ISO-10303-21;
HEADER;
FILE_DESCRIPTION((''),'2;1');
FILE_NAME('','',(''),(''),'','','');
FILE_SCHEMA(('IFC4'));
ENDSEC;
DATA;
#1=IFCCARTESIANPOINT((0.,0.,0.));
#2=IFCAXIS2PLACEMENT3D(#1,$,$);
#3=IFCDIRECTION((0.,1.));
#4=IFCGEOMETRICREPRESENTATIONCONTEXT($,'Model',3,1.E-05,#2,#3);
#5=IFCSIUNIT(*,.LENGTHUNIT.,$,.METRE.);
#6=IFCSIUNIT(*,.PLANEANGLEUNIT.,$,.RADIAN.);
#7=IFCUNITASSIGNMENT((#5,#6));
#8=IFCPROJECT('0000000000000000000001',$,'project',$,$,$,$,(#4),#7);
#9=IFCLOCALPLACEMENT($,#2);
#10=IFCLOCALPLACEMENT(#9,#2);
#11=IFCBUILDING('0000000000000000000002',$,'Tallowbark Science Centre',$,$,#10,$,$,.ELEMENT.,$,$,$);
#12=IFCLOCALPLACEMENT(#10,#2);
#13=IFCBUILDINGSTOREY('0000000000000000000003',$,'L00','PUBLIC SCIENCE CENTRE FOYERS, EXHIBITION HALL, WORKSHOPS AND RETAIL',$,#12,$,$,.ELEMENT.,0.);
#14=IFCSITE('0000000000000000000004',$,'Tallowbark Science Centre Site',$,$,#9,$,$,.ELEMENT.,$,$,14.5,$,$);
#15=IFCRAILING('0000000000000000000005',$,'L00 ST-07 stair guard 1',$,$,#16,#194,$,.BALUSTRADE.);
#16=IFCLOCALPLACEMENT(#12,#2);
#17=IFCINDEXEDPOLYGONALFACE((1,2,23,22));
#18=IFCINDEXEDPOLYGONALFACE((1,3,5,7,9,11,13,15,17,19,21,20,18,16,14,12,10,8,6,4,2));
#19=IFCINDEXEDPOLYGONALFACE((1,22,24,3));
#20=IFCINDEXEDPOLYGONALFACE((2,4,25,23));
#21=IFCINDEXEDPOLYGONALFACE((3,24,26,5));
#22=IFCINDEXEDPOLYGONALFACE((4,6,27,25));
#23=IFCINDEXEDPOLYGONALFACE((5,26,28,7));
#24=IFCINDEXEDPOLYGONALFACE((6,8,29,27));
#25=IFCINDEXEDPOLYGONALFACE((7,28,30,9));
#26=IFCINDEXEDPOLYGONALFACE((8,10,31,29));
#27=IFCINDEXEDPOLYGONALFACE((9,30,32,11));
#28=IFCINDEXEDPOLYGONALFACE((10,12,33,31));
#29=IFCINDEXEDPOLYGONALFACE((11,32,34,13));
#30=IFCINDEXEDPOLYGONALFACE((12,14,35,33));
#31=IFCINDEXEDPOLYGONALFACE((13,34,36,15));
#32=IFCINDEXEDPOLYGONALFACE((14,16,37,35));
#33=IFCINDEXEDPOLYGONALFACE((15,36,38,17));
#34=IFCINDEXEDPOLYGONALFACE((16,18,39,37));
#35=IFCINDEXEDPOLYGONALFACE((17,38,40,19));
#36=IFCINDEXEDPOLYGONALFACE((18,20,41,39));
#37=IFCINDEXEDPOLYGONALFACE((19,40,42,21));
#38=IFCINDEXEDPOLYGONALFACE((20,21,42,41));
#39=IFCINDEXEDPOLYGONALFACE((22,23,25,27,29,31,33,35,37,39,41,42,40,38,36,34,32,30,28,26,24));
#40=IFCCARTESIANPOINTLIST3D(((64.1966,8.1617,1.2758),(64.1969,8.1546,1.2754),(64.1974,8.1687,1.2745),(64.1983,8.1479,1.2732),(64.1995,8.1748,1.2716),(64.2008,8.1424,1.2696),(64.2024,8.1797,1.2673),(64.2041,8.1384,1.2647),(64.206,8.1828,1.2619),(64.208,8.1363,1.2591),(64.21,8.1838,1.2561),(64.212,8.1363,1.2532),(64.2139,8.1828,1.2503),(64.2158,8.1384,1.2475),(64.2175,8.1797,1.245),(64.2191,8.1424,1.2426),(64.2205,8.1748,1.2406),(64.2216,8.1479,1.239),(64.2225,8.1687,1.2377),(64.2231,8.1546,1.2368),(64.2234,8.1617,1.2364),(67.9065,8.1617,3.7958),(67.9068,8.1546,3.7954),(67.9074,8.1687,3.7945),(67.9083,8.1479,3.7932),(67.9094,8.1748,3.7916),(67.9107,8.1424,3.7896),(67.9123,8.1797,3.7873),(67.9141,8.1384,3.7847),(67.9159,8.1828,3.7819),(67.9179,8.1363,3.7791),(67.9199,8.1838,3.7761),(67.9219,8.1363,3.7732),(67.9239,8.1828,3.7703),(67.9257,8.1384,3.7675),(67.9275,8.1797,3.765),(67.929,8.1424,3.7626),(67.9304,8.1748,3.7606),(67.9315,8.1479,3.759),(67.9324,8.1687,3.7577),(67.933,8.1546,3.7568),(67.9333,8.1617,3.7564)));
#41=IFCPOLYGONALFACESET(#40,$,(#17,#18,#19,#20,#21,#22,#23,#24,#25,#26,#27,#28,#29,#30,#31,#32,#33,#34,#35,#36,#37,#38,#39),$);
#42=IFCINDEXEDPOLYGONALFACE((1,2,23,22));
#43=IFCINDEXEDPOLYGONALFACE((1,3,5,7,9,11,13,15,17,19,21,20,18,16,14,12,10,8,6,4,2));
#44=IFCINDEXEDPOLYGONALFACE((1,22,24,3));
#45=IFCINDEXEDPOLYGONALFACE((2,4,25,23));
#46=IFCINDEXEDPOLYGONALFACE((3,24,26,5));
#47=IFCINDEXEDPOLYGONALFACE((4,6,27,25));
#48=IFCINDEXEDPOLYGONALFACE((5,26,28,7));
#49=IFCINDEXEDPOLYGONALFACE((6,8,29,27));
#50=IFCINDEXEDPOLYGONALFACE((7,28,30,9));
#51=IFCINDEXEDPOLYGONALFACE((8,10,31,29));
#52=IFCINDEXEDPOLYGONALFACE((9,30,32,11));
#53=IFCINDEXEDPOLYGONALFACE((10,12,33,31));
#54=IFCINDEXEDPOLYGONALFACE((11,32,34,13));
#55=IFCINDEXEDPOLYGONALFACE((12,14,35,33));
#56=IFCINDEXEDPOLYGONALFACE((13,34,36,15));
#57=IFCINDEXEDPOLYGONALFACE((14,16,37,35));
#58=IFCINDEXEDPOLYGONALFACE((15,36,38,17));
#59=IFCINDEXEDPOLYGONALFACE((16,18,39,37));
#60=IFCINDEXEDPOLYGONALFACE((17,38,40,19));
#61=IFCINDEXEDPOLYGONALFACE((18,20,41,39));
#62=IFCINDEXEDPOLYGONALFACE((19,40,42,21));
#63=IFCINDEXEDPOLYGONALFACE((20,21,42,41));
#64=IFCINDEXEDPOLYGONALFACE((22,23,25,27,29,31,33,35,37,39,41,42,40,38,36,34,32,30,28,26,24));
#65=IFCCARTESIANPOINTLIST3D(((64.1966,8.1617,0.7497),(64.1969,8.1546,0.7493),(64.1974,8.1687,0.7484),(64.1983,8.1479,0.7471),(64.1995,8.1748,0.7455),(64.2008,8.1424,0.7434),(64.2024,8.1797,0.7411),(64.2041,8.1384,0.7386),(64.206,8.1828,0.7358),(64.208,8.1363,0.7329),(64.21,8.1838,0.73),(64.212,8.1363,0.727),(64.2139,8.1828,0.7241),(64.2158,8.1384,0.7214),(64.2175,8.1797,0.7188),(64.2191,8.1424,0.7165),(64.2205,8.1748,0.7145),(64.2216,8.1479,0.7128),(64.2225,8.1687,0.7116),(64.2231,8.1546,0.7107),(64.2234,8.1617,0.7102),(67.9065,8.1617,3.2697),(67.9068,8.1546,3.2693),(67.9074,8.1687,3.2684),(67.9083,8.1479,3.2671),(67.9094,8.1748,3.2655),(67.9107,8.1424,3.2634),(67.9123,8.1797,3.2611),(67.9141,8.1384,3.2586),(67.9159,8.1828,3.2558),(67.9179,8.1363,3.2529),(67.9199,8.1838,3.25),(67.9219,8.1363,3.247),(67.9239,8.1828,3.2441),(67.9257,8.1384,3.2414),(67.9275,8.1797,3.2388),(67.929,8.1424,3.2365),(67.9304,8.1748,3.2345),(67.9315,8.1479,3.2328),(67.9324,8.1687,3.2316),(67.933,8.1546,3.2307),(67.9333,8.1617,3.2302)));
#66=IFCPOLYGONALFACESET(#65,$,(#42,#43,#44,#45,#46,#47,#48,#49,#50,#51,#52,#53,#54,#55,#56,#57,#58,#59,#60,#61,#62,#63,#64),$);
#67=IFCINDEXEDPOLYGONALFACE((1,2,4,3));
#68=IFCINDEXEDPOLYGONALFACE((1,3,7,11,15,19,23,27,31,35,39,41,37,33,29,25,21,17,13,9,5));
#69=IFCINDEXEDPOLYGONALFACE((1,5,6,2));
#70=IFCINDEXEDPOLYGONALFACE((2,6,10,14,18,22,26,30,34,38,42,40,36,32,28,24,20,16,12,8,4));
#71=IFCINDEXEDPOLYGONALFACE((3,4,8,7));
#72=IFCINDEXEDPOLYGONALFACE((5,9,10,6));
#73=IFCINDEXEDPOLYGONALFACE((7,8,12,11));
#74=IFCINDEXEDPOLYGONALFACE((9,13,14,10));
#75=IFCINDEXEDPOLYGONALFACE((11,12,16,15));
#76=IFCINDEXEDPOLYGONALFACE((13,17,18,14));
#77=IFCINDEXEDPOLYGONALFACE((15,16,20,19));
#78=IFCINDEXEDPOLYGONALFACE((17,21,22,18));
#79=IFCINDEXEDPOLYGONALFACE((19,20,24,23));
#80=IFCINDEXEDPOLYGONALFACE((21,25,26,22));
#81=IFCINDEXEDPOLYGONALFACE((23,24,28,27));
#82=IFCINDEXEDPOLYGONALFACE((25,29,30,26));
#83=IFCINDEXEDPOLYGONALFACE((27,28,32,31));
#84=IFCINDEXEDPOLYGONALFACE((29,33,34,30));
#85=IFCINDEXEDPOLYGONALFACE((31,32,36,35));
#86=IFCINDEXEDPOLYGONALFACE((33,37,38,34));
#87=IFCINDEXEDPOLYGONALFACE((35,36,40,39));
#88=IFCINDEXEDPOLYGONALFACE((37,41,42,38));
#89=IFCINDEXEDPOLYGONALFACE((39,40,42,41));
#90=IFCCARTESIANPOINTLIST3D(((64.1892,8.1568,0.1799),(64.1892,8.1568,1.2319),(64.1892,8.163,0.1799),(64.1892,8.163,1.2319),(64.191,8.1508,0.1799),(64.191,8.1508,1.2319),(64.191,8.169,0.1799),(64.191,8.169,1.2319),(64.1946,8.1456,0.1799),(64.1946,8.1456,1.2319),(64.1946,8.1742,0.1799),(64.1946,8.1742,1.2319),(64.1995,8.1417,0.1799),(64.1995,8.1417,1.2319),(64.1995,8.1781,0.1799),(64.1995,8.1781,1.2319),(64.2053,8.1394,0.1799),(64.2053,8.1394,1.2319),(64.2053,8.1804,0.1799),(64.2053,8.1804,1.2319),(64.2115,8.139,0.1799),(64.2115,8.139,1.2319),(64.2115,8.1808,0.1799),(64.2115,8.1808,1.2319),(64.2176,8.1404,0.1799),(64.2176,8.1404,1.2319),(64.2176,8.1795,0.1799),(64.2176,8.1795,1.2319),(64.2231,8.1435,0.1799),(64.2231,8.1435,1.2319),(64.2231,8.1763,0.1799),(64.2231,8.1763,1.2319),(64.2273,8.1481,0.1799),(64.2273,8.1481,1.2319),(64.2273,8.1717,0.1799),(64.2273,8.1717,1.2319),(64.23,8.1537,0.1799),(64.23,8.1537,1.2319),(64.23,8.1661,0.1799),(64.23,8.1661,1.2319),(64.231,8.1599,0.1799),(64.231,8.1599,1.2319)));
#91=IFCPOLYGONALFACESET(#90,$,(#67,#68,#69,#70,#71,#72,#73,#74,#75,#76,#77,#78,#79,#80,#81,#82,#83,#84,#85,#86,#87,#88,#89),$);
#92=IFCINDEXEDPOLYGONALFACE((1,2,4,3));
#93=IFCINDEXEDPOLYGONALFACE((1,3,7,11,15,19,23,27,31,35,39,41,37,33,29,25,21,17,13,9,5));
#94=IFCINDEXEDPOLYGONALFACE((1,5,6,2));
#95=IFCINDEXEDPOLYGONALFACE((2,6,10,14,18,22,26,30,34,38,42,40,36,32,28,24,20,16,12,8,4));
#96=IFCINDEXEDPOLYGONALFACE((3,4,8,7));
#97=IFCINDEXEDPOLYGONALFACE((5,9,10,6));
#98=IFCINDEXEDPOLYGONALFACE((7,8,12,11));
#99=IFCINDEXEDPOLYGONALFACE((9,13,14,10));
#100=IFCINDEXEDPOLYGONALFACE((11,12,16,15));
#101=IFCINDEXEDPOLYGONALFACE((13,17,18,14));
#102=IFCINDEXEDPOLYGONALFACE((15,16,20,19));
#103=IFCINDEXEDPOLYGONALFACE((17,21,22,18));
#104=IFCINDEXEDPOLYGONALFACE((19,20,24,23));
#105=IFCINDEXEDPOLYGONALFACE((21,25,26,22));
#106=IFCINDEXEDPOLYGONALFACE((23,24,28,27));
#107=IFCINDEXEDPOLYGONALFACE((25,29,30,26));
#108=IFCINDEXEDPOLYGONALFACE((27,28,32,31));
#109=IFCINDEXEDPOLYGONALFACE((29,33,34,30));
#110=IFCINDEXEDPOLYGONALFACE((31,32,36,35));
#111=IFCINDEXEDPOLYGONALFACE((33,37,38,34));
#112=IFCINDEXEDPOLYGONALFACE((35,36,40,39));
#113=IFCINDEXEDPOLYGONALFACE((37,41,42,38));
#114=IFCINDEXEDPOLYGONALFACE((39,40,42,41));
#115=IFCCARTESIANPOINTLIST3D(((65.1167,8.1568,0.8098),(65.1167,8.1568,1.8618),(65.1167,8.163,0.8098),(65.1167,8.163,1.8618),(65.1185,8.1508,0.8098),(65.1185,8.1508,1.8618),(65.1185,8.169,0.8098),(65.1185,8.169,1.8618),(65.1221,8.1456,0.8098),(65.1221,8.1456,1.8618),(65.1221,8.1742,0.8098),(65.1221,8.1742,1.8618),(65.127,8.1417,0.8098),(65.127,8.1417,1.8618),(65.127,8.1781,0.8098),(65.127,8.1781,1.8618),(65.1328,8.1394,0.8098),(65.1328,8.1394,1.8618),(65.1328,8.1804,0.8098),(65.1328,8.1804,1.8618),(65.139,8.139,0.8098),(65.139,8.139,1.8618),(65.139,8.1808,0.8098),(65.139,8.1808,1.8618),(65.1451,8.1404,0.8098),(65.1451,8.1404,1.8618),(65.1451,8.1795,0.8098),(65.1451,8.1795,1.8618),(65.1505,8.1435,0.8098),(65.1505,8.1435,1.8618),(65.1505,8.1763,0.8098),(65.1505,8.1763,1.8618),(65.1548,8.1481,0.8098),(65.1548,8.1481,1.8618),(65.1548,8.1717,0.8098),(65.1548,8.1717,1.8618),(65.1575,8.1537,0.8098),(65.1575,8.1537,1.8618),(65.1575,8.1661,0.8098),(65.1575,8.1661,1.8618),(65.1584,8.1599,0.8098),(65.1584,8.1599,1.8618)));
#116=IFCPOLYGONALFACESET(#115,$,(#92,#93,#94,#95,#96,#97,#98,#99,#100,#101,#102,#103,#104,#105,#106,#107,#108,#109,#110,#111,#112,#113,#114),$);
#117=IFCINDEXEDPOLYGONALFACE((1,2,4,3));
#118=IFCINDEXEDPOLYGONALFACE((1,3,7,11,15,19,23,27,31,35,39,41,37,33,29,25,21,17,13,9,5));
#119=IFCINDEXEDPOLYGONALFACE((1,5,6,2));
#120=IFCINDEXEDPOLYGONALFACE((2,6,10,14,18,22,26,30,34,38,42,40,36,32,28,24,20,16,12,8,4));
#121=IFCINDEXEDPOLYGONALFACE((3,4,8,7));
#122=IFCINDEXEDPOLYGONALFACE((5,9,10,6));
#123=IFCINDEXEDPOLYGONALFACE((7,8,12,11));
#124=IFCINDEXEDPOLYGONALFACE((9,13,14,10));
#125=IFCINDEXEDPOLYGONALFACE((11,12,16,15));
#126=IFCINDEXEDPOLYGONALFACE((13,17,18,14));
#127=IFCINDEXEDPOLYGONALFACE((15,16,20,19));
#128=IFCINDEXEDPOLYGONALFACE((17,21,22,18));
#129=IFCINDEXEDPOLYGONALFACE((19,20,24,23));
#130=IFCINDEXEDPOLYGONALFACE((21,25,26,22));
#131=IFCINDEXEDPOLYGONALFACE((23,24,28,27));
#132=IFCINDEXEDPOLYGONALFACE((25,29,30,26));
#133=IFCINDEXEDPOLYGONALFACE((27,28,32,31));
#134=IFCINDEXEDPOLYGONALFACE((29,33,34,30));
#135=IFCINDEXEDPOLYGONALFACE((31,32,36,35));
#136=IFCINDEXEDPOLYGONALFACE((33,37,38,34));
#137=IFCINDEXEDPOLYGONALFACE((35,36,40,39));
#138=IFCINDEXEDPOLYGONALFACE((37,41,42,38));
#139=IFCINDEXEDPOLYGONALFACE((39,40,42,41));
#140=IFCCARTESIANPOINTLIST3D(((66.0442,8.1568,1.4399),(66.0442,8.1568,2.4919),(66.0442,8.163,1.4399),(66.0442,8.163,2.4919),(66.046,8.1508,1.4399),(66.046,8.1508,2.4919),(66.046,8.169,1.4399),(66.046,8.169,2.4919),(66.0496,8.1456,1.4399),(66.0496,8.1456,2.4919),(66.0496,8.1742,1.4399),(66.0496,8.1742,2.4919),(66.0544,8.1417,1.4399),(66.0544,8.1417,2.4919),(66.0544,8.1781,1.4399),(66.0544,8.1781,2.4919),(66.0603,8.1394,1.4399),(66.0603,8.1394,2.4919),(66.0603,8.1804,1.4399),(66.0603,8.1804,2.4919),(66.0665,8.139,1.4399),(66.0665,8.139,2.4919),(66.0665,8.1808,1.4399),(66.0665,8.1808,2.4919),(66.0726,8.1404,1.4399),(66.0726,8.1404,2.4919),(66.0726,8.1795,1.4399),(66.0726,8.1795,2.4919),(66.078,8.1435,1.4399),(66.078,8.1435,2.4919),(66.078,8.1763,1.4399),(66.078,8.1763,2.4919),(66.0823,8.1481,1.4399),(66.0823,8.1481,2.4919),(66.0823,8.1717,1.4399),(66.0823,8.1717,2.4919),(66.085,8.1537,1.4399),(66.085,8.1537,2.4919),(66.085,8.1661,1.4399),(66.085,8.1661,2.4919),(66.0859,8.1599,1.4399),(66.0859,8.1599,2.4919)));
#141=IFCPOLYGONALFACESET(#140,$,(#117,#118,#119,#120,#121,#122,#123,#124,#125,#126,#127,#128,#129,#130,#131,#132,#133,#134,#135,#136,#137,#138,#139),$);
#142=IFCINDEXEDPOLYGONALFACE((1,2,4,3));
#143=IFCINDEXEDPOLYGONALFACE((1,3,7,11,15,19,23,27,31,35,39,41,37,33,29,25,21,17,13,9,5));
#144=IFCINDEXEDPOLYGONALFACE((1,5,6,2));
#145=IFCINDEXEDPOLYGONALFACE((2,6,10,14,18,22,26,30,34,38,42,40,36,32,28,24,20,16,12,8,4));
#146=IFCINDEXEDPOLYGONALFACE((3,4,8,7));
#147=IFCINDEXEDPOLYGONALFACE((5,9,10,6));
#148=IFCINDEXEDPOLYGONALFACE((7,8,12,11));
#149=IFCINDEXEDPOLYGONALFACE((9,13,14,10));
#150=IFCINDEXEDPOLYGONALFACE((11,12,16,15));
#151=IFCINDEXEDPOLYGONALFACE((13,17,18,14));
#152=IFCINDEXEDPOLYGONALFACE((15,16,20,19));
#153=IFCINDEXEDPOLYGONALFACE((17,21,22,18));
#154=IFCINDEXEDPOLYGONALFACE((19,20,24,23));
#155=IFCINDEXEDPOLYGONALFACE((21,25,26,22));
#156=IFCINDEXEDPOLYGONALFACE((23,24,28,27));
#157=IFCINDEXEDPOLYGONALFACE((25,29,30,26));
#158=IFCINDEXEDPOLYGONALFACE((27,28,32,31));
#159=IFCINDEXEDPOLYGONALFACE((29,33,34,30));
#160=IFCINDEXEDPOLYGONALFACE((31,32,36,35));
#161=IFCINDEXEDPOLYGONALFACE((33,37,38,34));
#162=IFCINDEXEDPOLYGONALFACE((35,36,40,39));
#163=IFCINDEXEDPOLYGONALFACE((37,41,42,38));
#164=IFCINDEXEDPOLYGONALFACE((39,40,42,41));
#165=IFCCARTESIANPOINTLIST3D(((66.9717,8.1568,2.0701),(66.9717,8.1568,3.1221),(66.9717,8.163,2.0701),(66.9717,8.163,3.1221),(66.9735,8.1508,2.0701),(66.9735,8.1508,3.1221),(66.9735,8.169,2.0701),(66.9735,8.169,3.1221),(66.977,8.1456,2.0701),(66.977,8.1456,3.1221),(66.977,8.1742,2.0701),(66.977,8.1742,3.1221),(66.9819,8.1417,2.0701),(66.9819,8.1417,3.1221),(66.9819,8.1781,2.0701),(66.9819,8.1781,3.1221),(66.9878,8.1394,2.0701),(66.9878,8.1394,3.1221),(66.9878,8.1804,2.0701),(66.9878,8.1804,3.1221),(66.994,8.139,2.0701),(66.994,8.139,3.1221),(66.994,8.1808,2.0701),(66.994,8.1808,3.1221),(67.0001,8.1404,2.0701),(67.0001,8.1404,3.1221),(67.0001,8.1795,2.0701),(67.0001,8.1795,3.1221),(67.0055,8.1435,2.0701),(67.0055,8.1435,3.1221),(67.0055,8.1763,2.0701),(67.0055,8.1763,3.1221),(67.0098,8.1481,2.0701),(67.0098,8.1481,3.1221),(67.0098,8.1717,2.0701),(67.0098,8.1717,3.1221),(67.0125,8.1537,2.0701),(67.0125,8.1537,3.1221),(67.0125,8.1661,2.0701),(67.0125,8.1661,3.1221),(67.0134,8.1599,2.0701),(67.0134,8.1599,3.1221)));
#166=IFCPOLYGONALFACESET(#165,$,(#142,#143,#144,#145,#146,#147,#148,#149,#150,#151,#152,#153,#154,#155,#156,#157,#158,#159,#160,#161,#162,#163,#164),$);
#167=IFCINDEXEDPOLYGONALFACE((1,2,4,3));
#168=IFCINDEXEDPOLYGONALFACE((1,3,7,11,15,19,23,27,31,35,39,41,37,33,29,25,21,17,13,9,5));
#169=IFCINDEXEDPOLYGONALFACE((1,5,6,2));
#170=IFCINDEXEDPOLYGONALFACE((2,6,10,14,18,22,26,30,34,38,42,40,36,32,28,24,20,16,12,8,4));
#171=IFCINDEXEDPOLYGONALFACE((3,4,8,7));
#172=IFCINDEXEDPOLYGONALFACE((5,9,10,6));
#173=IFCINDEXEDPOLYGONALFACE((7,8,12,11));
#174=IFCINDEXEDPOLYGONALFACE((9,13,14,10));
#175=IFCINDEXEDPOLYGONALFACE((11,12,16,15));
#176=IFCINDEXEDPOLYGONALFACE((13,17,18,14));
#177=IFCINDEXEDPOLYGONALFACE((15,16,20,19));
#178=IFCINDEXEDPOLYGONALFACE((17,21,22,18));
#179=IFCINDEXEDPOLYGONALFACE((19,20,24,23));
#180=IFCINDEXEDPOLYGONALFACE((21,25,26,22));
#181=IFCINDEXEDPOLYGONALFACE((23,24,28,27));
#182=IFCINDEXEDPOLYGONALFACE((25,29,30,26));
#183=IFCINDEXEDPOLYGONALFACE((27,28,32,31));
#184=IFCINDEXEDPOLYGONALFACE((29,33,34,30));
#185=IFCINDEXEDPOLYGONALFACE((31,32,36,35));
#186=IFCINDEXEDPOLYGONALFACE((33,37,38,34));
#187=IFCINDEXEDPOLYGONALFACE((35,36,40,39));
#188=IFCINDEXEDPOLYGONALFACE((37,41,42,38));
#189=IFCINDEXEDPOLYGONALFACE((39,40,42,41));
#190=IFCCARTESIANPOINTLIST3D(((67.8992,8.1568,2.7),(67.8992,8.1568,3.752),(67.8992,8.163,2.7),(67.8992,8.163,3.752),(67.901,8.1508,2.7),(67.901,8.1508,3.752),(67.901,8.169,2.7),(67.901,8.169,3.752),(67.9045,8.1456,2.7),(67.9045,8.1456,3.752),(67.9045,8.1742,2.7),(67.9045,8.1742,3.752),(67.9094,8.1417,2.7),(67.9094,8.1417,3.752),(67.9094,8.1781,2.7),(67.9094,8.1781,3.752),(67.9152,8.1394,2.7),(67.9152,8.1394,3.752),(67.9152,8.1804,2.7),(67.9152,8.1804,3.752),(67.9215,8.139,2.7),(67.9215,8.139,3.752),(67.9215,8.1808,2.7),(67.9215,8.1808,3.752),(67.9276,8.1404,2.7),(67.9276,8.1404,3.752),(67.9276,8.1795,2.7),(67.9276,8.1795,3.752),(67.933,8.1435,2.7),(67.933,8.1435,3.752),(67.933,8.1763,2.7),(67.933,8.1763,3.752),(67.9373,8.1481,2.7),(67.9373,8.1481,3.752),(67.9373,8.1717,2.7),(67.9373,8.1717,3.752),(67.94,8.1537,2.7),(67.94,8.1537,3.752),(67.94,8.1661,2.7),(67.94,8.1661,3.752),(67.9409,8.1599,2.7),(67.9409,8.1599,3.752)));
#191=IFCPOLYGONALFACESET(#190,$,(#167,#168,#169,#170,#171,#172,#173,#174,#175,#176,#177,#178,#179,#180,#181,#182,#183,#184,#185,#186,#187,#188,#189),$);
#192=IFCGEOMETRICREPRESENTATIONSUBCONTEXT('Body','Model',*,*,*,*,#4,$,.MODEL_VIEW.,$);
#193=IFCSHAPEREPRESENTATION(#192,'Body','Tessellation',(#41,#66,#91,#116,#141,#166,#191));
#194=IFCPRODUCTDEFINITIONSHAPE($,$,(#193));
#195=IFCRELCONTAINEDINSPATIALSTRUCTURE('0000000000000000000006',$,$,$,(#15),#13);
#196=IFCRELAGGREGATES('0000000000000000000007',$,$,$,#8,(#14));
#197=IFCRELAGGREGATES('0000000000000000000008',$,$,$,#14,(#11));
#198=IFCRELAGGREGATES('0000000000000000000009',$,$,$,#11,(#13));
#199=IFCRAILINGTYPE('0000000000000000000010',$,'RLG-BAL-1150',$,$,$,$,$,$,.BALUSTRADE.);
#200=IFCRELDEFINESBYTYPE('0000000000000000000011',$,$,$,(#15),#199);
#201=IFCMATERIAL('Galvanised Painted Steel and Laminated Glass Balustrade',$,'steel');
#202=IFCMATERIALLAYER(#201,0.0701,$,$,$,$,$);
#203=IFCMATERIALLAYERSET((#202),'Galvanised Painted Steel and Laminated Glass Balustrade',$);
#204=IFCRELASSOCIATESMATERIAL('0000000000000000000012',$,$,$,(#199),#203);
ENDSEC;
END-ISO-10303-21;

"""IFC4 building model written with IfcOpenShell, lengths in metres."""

from ifc_helpers import new_model, si_unit, direction, frame, origin, origin_2d, place, context, subcontext, project, spatial, circle, extrude, material, layer, layer_set, type_object, element, save


model = new_model("IFC4")

# Units and contexts
model_context = context("Model", 3, precision=1e-05, world=origin(), true_north=direction((0.0, 1.0)))
body_context = subcontext(model_context, "Body", "Model", "MODEL_VIEW")
ifc_project = project(units=[si_unit("LENGTHUNIT", "METRE"), si_unit("PLANEANGLEUNIT", "RADIAN")], contexts=[model_context])

# Site, building, storey
site_placement = place(None, origin())
site = spatial("IfcSite", under=ifc_project, at=site_placement, Name="Tallowbark Science Centre Site", CompositionType="ELEMENT", RefElevation=14.5)
building_placement = place(site_placement, origin())
building = spatial("IfcBuilding", under=site, at=building_placement, Name="Tallowbark Science Centre", CompositionType="ELEMENT")
storey_placement = place(building_placement, origin())
storey = spatial("IfcBuildingStorey", under=building, at=storey_placement, Name="L00", Description="PUBLIC SCIENCE CENTRE FOYERS, EXHIBITION HALL, WORKSHOPS AND RETAIL", CompositionType="ELEMENT", Elevation=0.0)

# Railing
ifc_material_1 = material(Name="Galvanised Painted Steel and Laminated Glass Balustrade", Category="steel")
ifc_layer_1 = layer(ifc_material_1, 0.0701)
ifc_layer_set_1 = layer_set([ifc_layer_1], Name="Galvanised Painted Steel and Laminated Glass Balustrade")
railing_type_1 = type_object("IfcRailingType", Name="RLG-BAL-1150", PredefinedType="BALUSTRADE", material=ifc_layer_set_1)
railing_1_placement = place(storey_placement, frame((64.21, 8.1599, 0.1799)))
element("IfcRailing", 1, at=railing_1_placement, inside=storey, type_object=railing_type_1, Name="L00 ST-07 stair guard 1", PredefinedType="BALUSTRADE", context=body_context, shape_type="SweptSolid", body=[
    extrude(circle(Radius=0.0239, at=origin_2d()), frame((0.0, 0.0, 1.0762), z_axis=(0.827212, 0.0, 0.56189), x_axis=(0.0, 1.0, 0.0)), (0.0, 0.0, 1.0), 4.4849),
    extrude(circle(Radius=0.0239, at=origin_2d()), frame((0.0, 0.0, 0.55), z_axis=(0.827212, 0.0, 0.56189), x_axis=(0.0, 1.0, 0.0)), (0.0, 0.0, 1.0), 4.4849),
    extrude(circle(Radius=0.021, at=origin_2d()), origin(), (0.0, 0.0, 1.0), 1.052),
    extrude(circle(Radius=0.021, at=origin_2d()), frame((0.9275, 0.0, 0.6299)), (0.0, 0.0, 1.0), 1.052),
    extrude(circle(Radius=0.021, at=origin_2d()), frame((1.855, 0.0, 1.26)), (0.0, 0.0, 1.0), 1.052),
    extrude(circle(Radius=0.021, at=origin_2d()), frame((2.7825, 0.0, 1.8901)), (0.0, 0.0, 1.0), 1.052),
    extrude(circle(Radius=0.021, at=origin_2d()), frame((3.71, 0.0, 2.52)), (0.0, 0.0, 1.0), 1.052),
])

save(model, "model.ifc")
